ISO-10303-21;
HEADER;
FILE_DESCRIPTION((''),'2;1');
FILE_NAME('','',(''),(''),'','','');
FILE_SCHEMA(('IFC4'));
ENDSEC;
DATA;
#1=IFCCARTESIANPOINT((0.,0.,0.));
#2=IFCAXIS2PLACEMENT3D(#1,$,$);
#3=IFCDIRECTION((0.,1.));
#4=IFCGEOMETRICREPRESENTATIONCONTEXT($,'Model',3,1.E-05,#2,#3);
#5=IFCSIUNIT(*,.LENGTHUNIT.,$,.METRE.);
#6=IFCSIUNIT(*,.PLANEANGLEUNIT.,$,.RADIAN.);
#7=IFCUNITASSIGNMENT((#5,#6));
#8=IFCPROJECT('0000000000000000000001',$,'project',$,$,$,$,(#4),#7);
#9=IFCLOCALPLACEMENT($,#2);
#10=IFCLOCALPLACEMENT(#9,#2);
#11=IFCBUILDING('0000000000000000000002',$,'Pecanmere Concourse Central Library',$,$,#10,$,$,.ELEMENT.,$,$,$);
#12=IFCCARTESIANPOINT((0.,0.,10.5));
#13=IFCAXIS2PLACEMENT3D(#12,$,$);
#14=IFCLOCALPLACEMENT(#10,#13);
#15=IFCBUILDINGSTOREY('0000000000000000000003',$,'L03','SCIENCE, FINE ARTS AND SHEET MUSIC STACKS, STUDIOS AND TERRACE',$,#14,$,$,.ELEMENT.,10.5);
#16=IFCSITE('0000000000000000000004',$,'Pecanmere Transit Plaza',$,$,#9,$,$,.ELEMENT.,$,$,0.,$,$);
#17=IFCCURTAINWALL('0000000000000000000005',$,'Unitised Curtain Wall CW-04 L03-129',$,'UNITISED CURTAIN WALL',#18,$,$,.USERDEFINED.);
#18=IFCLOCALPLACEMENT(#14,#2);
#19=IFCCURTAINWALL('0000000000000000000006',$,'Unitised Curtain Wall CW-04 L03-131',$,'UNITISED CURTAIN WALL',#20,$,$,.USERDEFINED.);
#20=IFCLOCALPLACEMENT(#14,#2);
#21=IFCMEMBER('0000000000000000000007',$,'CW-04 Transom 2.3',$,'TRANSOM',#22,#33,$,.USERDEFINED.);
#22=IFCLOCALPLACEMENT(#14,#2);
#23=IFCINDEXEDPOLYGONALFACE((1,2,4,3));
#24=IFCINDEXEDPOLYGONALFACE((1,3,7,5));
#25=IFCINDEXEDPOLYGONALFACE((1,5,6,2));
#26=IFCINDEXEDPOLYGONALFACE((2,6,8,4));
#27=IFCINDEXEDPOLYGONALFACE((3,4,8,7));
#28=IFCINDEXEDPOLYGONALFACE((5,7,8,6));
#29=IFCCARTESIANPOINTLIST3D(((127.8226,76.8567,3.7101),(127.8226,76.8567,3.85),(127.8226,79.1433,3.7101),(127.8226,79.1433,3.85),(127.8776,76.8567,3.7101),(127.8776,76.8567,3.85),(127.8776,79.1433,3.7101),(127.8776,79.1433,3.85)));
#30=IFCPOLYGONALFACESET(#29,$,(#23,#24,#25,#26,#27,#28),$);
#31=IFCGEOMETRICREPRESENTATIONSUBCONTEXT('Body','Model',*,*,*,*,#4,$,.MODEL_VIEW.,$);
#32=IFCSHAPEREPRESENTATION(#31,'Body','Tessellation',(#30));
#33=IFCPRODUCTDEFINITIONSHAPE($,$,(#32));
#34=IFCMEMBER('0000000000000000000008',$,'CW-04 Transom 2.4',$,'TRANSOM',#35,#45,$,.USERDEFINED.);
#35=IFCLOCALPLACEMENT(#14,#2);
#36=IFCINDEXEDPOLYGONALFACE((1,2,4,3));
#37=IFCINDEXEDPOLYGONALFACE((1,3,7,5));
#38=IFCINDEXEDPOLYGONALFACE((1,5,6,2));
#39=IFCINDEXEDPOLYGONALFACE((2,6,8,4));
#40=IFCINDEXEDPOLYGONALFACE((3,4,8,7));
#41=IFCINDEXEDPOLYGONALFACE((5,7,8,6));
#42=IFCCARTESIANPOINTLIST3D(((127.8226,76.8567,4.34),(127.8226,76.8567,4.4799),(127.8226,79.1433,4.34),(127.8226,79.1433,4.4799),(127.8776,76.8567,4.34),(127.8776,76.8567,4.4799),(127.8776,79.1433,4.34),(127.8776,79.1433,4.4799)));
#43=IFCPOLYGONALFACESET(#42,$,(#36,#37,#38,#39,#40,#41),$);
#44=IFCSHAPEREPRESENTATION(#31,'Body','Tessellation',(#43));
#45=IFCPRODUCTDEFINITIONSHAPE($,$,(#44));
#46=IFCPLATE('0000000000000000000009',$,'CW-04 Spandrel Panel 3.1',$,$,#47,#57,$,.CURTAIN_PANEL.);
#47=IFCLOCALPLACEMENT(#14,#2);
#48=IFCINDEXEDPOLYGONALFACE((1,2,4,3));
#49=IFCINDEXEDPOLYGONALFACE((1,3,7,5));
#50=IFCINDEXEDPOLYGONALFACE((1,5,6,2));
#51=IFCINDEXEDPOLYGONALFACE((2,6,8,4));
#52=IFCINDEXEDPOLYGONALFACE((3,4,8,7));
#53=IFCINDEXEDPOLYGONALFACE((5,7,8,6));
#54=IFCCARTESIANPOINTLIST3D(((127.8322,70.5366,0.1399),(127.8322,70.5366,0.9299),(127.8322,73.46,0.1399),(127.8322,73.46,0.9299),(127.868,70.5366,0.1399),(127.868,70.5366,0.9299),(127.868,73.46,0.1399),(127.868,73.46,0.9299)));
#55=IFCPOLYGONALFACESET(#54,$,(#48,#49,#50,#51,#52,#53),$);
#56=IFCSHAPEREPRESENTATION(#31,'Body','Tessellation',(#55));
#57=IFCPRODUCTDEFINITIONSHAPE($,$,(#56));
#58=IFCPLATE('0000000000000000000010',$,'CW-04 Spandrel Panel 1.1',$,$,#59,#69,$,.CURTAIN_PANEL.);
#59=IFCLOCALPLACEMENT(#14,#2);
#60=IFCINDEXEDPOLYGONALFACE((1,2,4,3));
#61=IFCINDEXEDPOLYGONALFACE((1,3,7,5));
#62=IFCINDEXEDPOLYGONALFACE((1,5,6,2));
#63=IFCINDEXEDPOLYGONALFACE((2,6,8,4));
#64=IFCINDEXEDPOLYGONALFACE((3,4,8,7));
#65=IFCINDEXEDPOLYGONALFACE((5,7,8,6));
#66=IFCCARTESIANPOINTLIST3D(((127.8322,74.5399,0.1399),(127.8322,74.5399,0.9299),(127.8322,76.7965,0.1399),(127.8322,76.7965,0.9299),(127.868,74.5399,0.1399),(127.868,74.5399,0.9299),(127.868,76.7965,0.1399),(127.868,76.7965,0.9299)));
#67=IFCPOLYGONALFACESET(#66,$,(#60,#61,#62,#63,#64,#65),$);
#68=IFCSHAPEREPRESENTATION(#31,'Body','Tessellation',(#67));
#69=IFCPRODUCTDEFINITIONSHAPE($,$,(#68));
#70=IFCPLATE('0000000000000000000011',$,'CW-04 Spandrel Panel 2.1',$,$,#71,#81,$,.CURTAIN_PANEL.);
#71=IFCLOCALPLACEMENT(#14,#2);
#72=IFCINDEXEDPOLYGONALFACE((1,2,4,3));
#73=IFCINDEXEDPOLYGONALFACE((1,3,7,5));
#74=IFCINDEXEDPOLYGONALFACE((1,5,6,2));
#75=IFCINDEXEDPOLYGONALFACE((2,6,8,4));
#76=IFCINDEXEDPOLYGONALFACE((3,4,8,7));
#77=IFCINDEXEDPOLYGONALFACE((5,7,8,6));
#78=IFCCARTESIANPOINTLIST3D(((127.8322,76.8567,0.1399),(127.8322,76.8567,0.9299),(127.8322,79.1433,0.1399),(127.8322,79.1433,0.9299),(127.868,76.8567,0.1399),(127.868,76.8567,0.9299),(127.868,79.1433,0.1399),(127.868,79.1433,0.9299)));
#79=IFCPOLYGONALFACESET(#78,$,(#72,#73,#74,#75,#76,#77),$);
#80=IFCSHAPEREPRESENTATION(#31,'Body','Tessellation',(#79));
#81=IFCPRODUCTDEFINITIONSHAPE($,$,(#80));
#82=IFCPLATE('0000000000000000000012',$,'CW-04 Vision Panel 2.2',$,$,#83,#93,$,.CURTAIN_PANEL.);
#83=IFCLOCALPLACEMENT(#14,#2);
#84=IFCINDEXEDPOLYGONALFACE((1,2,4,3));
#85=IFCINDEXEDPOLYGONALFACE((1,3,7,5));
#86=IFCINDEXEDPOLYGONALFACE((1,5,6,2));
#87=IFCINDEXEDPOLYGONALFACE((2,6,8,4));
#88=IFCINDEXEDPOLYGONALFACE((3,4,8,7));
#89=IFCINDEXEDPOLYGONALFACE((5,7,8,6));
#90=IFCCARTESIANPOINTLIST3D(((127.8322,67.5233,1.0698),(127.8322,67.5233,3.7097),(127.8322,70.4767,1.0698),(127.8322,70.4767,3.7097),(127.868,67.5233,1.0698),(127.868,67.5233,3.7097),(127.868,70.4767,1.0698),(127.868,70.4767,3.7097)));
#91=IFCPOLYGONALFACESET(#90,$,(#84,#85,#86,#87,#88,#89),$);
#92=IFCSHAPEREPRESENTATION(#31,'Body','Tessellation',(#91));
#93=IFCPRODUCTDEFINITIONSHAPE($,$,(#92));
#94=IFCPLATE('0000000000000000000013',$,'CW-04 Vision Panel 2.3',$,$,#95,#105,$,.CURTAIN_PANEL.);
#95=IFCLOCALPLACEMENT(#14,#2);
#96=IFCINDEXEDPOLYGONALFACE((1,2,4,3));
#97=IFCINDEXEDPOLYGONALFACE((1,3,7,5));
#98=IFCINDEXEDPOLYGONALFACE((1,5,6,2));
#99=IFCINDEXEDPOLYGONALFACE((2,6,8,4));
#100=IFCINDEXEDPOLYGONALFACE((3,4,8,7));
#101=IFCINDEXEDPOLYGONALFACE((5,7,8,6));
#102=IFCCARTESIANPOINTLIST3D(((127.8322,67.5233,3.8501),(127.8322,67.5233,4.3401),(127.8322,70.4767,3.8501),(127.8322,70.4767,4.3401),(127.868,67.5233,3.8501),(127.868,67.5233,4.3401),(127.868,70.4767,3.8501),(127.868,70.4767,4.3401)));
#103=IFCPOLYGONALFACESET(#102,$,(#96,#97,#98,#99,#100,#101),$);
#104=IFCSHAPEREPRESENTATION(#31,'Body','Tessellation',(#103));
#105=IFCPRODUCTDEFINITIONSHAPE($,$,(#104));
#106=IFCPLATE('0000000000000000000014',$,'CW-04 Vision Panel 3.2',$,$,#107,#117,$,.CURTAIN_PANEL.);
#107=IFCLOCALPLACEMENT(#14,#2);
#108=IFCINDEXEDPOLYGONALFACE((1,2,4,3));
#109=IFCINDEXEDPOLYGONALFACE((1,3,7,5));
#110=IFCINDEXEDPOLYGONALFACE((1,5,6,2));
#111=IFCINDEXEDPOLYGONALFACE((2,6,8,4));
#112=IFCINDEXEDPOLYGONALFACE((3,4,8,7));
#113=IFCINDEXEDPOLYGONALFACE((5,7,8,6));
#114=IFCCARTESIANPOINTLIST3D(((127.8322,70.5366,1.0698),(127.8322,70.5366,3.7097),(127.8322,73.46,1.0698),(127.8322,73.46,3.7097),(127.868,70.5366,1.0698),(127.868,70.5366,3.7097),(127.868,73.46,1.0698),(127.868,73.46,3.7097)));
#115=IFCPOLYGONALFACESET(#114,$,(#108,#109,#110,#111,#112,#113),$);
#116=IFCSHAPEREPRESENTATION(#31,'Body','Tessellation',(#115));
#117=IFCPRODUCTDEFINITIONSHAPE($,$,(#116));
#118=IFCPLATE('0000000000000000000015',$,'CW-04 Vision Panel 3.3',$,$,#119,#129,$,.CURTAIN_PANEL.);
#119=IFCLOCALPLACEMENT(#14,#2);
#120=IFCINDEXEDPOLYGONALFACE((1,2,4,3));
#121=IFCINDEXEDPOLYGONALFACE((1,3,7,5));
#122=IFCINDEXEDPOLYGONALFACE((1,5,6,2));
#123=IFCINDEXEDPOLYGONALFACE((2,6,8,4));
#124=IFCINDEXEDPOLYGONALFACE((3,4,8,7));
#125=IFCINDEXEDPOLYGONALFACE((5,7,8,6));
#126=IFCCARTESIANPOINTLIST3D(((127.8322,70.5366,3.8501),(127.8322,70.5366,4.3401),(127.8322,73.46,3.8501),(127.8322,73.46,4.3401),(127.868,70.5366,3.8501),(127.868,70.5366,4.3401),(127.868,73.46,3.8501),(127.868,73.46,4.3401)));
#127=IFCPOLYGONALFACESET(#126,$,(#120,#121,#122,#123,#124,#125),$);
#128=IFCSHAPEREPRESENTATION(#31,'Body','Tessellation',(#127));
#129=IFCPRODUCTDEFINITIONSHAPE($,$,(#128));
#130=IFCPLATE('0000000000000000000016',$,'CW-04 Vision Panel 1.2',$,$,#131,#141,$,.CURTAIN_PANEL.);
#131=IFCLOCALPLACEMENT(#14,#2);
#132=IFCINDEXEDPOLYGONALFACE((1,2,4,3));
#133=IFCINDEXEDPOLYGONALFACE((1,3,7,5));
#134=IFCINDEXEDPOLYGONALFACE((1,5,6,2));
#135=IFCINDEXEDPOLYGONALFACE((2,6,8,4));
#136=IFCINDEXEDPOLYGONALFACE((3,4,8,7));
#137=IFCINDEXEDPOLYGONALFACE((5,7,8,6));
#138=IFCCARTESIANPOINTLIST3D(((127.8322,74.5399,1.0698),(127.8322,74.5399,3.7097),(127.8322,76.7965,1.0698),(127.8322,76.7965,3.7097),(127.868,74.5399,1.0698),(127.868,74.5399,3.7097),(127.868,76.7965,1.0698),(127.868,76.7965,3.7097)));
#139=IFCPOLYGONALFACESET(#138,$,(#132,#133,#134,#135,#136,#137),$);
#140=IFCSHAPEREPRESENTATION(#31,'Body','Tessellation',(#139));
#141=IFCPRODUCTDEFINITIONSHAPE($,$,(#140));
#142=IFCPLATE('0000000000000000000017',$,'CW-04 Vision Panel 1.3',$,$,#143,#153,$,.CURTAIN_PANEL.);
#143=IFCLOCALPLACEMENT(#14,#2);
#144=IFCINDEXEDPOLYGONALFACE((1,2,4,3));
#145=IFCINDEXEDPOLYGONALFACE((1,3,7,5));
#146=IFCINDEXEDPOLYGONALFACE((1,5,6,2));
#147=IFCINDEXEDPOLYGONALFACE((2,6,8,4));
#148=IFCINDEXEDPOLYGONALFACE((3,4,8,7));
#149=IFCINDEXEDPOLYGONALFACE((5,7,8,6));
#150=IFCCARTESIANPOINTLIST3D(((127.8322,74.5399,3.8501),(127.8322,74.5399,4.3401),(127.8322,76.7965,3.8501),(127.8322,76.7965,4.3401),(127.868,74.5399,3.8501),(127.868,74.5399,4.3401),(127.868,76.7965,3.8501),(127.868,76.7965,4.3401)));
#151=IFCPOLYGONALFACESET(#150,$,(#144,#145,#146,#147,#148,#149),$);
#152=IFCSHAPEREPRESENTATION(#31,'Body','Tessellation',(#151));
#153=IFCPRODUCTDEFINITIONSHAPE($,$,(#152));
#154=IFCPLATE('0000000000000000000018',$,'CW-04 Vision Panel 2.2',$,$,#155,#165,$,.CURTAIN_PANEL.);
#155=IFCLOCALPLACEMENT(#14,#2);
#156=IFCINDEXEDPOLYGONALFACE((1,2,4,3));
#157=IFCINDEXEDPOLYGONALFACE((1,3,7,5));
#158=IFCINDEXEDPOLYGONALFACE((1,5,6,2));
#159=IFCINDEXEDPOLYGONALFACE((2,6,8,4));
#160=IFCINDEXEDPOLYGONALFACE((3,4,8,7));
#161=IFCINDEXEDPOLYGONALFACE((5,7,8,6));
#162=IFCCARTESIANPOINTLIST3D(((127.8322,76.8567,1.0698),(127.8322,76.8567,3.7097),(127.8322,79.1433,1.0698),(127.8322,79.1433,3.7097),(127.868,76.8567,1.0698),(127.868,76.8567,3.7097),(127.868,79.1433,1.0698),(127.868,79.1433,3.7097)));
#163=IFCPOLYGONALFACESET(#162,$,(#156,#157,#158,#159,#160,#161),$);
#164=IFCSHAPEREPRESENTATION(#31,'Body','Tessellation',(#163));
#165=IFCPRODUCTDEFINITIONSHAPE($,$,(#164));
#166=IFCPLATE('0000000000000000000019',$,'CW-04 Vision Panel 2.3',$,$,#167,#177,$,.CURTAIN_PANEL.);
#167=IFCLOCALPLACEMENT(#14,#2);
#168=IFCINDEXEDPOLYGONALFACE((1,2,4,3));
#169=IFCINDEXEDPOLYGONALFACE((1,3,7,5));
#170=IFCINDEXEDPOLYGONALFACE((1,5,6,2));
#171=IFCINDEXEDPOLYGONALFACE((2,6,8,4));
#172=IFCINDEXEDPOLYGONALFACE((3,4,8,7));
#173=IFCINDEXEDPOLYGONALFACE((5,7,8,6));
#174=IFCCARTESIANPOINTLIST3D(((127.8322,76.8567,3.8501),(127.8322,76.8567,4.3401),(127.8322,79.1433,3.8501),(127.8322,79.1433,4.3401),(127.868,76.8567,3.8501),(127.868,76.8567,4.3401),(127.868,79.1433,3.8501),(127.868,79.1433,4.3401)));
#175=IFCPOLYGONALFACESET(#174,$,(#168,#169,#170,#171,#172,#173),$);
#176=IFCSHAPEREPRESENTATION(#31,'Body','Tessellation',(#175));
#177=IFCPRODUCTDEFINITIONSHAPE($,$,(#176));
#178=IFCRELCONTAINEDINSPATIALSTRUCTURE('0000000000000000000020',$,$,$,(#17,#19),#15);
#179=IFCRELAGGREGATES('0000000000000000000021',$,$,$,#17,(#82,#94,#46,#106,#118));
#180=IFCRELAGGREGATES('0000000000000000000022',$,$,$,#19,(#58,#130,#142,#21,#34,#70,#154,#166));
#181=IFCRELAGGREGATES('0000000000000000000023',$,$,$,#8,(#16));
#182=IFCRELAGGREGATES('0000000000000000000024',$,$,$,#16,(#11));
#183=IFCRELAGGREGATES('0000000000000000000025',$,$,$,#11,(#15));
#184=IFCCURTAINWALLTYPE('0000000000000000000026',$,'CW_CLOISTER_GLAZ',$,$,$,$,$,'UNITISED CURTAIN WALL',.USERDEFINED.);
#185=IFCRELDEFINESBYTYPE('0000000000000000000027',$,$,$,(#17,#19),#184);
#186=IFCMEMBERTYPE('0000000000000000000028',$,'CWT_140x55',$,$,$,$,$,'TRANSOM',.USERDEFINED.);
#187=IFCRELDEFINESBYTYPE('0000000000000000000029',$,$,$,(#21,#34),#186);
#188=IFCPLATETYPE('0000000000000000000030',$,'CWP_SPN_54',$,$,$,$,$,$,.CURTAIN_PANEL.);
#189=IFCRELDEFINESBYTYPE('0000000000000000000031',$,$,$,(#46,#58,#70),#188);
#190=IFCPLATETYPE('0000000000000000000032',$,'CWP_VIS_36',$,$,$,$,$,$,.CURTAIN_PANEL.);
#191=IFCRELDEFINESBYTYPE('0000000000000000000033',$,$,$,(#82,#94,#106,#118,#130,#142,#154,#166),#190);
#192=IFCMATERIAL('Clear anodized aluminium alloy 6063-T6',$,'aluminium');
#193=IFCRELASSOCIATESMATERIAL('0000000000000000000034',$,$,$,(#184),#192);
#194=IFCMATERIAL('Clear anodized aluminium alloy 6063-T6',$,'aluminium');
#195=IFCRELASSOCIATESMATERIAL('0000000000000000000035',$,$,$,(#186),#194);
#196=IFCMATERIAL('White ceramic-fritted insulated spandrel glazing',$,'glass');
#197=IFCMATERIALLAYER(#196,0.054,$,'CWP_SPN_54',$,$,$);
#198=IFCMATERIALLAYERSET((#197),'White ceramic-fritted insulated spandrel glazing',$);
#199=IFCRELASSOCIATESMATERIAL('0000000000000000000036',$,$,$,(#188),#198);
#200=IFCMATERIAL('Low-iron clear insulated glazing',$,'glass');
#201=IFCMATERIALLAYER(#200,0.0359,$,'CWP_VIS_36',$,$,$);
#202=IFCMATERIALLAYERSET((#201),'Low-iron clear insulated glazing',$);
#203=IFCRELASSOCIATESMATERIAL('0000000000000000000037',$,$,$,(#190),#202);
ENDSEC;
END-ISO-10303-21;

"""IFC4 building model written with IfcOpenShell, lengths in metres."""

from ifc_helpers import new_model, si_unit, direction, frame, origin, origin_2d, place, context, subcontext, project, spatial, rectangle, extrude, material, layer, layer_set, material_profile, profile_set, type_object, element, aggregate, save


model = new_model("IFC4")

# Units and contexts
model_context = context("Model", 3, precision=1e-05, world=origin(), true_north=direction((0.0, 1.0)))
body_context = subcontext(model_context, "Body", "Model", "MODEL_VIEW")
ifc_project = project(units=[si_unit("LENGTHUNIT", "METRE"), si_unit("PLANEANGLEUNIT", "RADIAN")], contexts=[model_context])

# Site, building, storey
site_placement = place(None, origin())
site = spatial("IfcSite", under=ifc_project, at=site_placement, Name="Pecanmere Transit Plaza", CompositionType="ELEMENT", RefElevation=0.0)
building_placement = place(site_placement, origin())
building = spatial("IfcBuilding", under=site, at=building_placement, Name="Pecanmere Concourse Central Library", CompositionType="ELEMENT")
storey_placement = place(building_placement, frame((0.0, 0.0, 10.5)))
storey = spatial("IfcBuildingStorey", under=building, at=storey_placement, Name="L03", Description="SCIENCE, FINE ARTS AND SHEET MUSIC STACKS, STUDIOS AND TERRACE", CompositionType="ELEMENT", Elevation=10.5)

# Curtain walls
ifc_material_1 = material(Name="Clear anodized aluminium alloy 6063-T6", Category="aluminium")
curtain_wall_type = type_object("IfcCurtainWallType", Name="CW_CLOISTER_GLAZ", ElementType="UNITISED CURTAIN WALL", PredefinedType="USERDEFINED", material=ifc_material_1)
curtain_wall_1_placement = place(storey_placement, origin())
curtain_wall_1 = element("IfcCurtainWall", 1, at=curtain_wall_1_placement, inside=storey, type_object=curtain_wall_type, Name="Unitised Curtain Wall CW-04 L03-129", ObjectType="UNITISED CURTAIN WALL", PredefinedType="USERDEFINED")
curtain_wall_2_placement = place(storey_placement, origin())
curtain_wall_2 = element("IfcCurtainWall", 2, at=curtain_wall_2_placement, inside=storey, type_object=curtain_wall_type, Name="Unitised Curtain Wall CW-04 L03-131", ObjectType="UNITISED CURTAIN WALL", PredefinedType="USERDEFINED")

# Members
ifc_material_2 = material(Name="Clear anodized aluminium alloy 6063-T6", Category="aluminium")
ifc_material_profile_1 = material_profile(ifc_material_2, rectangle(XDim=0.0549, YDim=0.1399, at=origin_2d()), Name="AL 55x140")
ifc_profile_set_1 = profile_set([ifc_material_profile_1], Name="Clear anodized aluminium alloy 6063-T6")
member_type_1 = type_object("IfcMemberType", Name="CWT_140x55", ElementType="TRANSOM", PredefinedType="USERDEFINED", material=ifc_profile_set_1)
member_1_placement = place(storey_placement, frame((127.8501, 76.8567, 3.78), z_axis=(0.0, 1.0, 0.0), x_axis=(-1.0, 0.0, 0.0)))
member_1 = element("IfcMember", 3, at=member_1_placement, type_object=member_type_1, Name="CW-04 Transom 2.3", ObjectType="TRANSOM", PredefinedType="USERDEFINED", context=body_context, shape_type="SweptSolid", body=[
    extrude(rectangle(XDim=0.0549, YDim=0.1399, at=origin_2d()), origin(), (0.0, 0.0, 1.0), 2.2866),
])
member_2_placement = place(storey_placement, frame((127.8501, 76.8567, 4.4099), z_axis=(0.0, 1.0, 0.0), x_axis=(-1.0, 0.0, 0.0)))
member_2 = element("IfcMember", 4, at=member_2_placement, type_object=member_type_1, Name="CW-04 Transom 2.4", ObjectType="TRANSOM", PredefinedType="USERDEFINED", context=body_context, shape_type="SweptSolid", body=[
    extrude(rectangle(XDim=0.0549, YDim=0.1399, at=origin_2d()), origin(), (0.0, 0.0, 1.0), 2.2866),
])

# Plates
ifc_material_3 = material(Name="White ceramic-fritted insulated spandrel glazing", Category="glass")
ifc_layer_1 = layer(ifc_material_3, 0.054, Name="CWP_SPN_54")
ifc_layer_set_1 = layer_set([ifc_layer_1], Name="White ceramic-fritted insulated spandrel glazing")
plate_type_1 = type_object("IfcPlateType", Name="CWP_SPN_54", PredefinedType="CURTAIN_PANEL", material=ifc_layer_set_1)
plate_1_placement = place(storey_placement, frame((127.8501, 71.9983, 0.1399), z_axis=(0.0, 0.0, 1.0), x_axis=(0.0, 1.0, 0.0)))
plate_1 = element("IfcPlate", 5, at=plate_1_placement, type_object=plate_type_1, Name="CW-04 Spandrel Panel 3.1", PredefinedType="CURTAIN_PANEL", context=body_context, shape_type="SweptSolid", body=[
    extrude(rectangle(XDim=2.9233, YDim=0.0359, at=origin_2d()), origin(), (0.0, 0.0, 1.0), 0.79),
])
plate_2_placement = place(storey_placement, frame((127.8501, 75.6682, 0.1399), z_axis=(0.0, 0.0, 1.0), x_axis=(0.0, 1.0, 0.0)))
plate_2 = element("IfcPlate", 6, at=plate_2_placement, type_object=plate_type_1, Name="CW-04 Spandrel Panel 1.1", PredefinedType="CURTAIN_PANEL", context=body_context, shape_type="SweptSolid", body=[
    extrude(rectangle(XDim=2.2566, YDim=0.0359, at=origin_2d()), origin(), (0.0, 0.0, 1.0), 0.79),
])
plate_3_placement = place(storey_placement, frame((127.8501, 78.0, 0.1399), z_axis=(0.0, 0.0, 1.0), x_axis=(0.0, 1.0, 0.0)))
plate_3 = element("IfcPlate", 7, at=plate_3_placement, type_object=plate_type_1, Name="CW-04 Spandrel Panel 2.1", PredefinedType="CURTAIN_PANEL", context=body_context, shape_type="SweptSolid", body=[
    extrude(rectangle(XDim=2.2866, YDim=0.0359, at=origin_2d()), origin(), (0.0, 0.0, 1.0), 0.79),
])
ifc_material_4 = material(Name="Low-iron clear insulated glazing", Category="glass")
ifc_layer_2 = layer(ifc_material_4, 0.0359, Name="CWP_VIS_36")
ifc_layer_set_2 = layer_set([ifc_layer_2], Name="Low-iron clear insulated glazing")
plate_type_2 = type_object("IfcPlateType", Name="CWP_VIS_36", PredefinedType="CURTAIN_PANEL", material=ifc_layer_set_2)
plate_4_placement = place(storey_placement, frame((127.8501, 69.0, 1.0698), z_axis=(0.0, 0.0, 1.0), x_axis=(0.0, 1.0, 0.0)))
plate_4 = element("IfcPlate", 8, at=plate_4_placement, type_object=plate_type_2, Name="CW-04 Vision Panel 2.2", PredefinedType="CURTAIN_PANEL", context=body_context, shape_type="SweptSolid", body=[
    extrude(rectangle(XDim=2.9534, YDim=0.0359, at=origin_2d()), origin(), (0.0, 0.0, 1.0), 2.6399),
])
plate_5_placement = place(storey_placement, frame((127.8501, 69.0, 3.8501), z_axis=(0.0, 0.0, 1.0), x_axis=(0.0, 1.0, 0.0)))
plate_5 = element("IfcPlate", 9, at=plate_5_placement, type_object=plate_type_2, Name="CW-04 Vision Panel 2.3", PredefinedType="CURTAIN_PANEL", context=body_context, shape_type="SweptSolid", body=[
    extrude(rectangle(XDim=2.9534, YDim=0.0359, at=origin_2d()), origin(), (0.0, 0.0, 1.0), 0.49),
])
plate_6_placement = place(storey_placement, frame((127.8501, 71.9983, 1.0698), z_axis=(0.0, 0.0, 1.0), x_axis=(0.0, 1.0, 0.0)))
plate_6 = element("IfcPlate", 10, at=plate_6_placement, type_object=plate_type_2, Name="CW-04 Vision Panel 3.2", PredefinedType="CURTAIN_PANEL", context=body_context, shape_type="SweptSolid", body=[
    extrude(rectangle(XDim=2.9233, YDim=0.0359, at=origin_2d()), origin(), (0.0, 0.0, 1.0), 2.6399),
])
plate_7_placement = place(storey_placement, frame((127.8501, 71.9983, 3.8501), z_axis=(0.0, 0.0, 1.0), x_axis=(0.0, 1.0, 0.0)))
plate_7 = element("IfcPlate", 11, at=plate_7_placement, type_object=plate_type_2, Name="CW-04 Vision Panel 3.3", PredefinedType="CURTAIN_PANEL", context=body_context, shape_type="SweptSolid", body=[
    extrude(rectangle(XDim=2.9233, YDim=0.0359, at=origin_2d()), origin(), (0.0, 0.0, 1.0), 0.49),
])
aggregate(curtain_wall_1, [plate_4, plate_5, plate_1, plate_6, plate_7])
plate_8_placement = place(storey_placement, frame((127.8501, 75.6682, 1.0698), z_axis=(0.0, 0.0, 1.0), x_axis=(0.0, 1.0, 0.0)))
plate_8 = element("IfcPlate", 12, at=plate_8_placement, type_object=plate_type_2, Name="CW-04 Vision Panel 1.2", PredefinedType="CURTAIN_PANEL", context=body_context, shape_type="SweptSolid", body=[
    extrude(rectangle(XDim=2.2566, YDim=0.0359, at=origin_2d()), origin(), (0.0, 0.0, 1.0), 2.6399),
])
plate_9_placement = place(storey_placement, frame((127.8501, 75.6682, 3.8501), z_axis=(0.0, 0.0, 1.0), x_axis=(0.0, 1.0, 0.0)))
plate_9 = element("IfcPlate", 13, at=plate_9_placement, type_object=plate_type_2, Name="CW-04 Vision Panel 1.3", PredefinedType="CURTAIN_PANEL", context=body_context, shape_type="SweptSolid", body=[
    extrude(rectangle(XDim=2.2566, YDim=0.0359, at=origin_2d()), origin(), (0.0, 0.0, 1.0), 0.49),
])
plate_10_placement = place(storey_placement, frame((127.8501, 78.0, 1.0698), z_axis=(0.0, 0.0, 1.0), x_axis=(0.0, 1.0, 0.0)))
plate_10 = element("IfcPlate", 14, at=plate_10_placement, type_object=plate_type_2, Name="CW-04 Vision Panel 2.2", PredefinedType="CURTAIN_PANEL", context=body_context, shape_type="SweptSolid", body=[
    extrude(rectangle(XDim=2.2866, YDim=0.0359, at=origin_2d()), origin(), (0.0, 0.0, 1.0), 2.6399),
])
plate_11_placement = place(storey_placement, frame((127.8501, 78.0, 3.8501), z_axis=(0.0, 0.0, 1.0), x_axis=(0.0, 1.0, 0.0)))
plate_11 = element("IfcPlate", 15, at=plate_11_placement, type_object=plate_type_2, Name="CW-04 Vision Panel 2.3", PredefinedType="CURTAIN_PANEL", context=body_context, shape_type="SweptSolid", body=[
    extrude(rectangle(XDim=2.2866, YDim=0.0359, at=origin_2d()), origin(), (0.0, 0.0, 1.0), 0.49),
])
aggregate(curtain_wall_2, [plate_2, plate_8, plate_9, member_1, member_2, plate_3, plate_10, plate_11])

save(model, "model.ifc")
